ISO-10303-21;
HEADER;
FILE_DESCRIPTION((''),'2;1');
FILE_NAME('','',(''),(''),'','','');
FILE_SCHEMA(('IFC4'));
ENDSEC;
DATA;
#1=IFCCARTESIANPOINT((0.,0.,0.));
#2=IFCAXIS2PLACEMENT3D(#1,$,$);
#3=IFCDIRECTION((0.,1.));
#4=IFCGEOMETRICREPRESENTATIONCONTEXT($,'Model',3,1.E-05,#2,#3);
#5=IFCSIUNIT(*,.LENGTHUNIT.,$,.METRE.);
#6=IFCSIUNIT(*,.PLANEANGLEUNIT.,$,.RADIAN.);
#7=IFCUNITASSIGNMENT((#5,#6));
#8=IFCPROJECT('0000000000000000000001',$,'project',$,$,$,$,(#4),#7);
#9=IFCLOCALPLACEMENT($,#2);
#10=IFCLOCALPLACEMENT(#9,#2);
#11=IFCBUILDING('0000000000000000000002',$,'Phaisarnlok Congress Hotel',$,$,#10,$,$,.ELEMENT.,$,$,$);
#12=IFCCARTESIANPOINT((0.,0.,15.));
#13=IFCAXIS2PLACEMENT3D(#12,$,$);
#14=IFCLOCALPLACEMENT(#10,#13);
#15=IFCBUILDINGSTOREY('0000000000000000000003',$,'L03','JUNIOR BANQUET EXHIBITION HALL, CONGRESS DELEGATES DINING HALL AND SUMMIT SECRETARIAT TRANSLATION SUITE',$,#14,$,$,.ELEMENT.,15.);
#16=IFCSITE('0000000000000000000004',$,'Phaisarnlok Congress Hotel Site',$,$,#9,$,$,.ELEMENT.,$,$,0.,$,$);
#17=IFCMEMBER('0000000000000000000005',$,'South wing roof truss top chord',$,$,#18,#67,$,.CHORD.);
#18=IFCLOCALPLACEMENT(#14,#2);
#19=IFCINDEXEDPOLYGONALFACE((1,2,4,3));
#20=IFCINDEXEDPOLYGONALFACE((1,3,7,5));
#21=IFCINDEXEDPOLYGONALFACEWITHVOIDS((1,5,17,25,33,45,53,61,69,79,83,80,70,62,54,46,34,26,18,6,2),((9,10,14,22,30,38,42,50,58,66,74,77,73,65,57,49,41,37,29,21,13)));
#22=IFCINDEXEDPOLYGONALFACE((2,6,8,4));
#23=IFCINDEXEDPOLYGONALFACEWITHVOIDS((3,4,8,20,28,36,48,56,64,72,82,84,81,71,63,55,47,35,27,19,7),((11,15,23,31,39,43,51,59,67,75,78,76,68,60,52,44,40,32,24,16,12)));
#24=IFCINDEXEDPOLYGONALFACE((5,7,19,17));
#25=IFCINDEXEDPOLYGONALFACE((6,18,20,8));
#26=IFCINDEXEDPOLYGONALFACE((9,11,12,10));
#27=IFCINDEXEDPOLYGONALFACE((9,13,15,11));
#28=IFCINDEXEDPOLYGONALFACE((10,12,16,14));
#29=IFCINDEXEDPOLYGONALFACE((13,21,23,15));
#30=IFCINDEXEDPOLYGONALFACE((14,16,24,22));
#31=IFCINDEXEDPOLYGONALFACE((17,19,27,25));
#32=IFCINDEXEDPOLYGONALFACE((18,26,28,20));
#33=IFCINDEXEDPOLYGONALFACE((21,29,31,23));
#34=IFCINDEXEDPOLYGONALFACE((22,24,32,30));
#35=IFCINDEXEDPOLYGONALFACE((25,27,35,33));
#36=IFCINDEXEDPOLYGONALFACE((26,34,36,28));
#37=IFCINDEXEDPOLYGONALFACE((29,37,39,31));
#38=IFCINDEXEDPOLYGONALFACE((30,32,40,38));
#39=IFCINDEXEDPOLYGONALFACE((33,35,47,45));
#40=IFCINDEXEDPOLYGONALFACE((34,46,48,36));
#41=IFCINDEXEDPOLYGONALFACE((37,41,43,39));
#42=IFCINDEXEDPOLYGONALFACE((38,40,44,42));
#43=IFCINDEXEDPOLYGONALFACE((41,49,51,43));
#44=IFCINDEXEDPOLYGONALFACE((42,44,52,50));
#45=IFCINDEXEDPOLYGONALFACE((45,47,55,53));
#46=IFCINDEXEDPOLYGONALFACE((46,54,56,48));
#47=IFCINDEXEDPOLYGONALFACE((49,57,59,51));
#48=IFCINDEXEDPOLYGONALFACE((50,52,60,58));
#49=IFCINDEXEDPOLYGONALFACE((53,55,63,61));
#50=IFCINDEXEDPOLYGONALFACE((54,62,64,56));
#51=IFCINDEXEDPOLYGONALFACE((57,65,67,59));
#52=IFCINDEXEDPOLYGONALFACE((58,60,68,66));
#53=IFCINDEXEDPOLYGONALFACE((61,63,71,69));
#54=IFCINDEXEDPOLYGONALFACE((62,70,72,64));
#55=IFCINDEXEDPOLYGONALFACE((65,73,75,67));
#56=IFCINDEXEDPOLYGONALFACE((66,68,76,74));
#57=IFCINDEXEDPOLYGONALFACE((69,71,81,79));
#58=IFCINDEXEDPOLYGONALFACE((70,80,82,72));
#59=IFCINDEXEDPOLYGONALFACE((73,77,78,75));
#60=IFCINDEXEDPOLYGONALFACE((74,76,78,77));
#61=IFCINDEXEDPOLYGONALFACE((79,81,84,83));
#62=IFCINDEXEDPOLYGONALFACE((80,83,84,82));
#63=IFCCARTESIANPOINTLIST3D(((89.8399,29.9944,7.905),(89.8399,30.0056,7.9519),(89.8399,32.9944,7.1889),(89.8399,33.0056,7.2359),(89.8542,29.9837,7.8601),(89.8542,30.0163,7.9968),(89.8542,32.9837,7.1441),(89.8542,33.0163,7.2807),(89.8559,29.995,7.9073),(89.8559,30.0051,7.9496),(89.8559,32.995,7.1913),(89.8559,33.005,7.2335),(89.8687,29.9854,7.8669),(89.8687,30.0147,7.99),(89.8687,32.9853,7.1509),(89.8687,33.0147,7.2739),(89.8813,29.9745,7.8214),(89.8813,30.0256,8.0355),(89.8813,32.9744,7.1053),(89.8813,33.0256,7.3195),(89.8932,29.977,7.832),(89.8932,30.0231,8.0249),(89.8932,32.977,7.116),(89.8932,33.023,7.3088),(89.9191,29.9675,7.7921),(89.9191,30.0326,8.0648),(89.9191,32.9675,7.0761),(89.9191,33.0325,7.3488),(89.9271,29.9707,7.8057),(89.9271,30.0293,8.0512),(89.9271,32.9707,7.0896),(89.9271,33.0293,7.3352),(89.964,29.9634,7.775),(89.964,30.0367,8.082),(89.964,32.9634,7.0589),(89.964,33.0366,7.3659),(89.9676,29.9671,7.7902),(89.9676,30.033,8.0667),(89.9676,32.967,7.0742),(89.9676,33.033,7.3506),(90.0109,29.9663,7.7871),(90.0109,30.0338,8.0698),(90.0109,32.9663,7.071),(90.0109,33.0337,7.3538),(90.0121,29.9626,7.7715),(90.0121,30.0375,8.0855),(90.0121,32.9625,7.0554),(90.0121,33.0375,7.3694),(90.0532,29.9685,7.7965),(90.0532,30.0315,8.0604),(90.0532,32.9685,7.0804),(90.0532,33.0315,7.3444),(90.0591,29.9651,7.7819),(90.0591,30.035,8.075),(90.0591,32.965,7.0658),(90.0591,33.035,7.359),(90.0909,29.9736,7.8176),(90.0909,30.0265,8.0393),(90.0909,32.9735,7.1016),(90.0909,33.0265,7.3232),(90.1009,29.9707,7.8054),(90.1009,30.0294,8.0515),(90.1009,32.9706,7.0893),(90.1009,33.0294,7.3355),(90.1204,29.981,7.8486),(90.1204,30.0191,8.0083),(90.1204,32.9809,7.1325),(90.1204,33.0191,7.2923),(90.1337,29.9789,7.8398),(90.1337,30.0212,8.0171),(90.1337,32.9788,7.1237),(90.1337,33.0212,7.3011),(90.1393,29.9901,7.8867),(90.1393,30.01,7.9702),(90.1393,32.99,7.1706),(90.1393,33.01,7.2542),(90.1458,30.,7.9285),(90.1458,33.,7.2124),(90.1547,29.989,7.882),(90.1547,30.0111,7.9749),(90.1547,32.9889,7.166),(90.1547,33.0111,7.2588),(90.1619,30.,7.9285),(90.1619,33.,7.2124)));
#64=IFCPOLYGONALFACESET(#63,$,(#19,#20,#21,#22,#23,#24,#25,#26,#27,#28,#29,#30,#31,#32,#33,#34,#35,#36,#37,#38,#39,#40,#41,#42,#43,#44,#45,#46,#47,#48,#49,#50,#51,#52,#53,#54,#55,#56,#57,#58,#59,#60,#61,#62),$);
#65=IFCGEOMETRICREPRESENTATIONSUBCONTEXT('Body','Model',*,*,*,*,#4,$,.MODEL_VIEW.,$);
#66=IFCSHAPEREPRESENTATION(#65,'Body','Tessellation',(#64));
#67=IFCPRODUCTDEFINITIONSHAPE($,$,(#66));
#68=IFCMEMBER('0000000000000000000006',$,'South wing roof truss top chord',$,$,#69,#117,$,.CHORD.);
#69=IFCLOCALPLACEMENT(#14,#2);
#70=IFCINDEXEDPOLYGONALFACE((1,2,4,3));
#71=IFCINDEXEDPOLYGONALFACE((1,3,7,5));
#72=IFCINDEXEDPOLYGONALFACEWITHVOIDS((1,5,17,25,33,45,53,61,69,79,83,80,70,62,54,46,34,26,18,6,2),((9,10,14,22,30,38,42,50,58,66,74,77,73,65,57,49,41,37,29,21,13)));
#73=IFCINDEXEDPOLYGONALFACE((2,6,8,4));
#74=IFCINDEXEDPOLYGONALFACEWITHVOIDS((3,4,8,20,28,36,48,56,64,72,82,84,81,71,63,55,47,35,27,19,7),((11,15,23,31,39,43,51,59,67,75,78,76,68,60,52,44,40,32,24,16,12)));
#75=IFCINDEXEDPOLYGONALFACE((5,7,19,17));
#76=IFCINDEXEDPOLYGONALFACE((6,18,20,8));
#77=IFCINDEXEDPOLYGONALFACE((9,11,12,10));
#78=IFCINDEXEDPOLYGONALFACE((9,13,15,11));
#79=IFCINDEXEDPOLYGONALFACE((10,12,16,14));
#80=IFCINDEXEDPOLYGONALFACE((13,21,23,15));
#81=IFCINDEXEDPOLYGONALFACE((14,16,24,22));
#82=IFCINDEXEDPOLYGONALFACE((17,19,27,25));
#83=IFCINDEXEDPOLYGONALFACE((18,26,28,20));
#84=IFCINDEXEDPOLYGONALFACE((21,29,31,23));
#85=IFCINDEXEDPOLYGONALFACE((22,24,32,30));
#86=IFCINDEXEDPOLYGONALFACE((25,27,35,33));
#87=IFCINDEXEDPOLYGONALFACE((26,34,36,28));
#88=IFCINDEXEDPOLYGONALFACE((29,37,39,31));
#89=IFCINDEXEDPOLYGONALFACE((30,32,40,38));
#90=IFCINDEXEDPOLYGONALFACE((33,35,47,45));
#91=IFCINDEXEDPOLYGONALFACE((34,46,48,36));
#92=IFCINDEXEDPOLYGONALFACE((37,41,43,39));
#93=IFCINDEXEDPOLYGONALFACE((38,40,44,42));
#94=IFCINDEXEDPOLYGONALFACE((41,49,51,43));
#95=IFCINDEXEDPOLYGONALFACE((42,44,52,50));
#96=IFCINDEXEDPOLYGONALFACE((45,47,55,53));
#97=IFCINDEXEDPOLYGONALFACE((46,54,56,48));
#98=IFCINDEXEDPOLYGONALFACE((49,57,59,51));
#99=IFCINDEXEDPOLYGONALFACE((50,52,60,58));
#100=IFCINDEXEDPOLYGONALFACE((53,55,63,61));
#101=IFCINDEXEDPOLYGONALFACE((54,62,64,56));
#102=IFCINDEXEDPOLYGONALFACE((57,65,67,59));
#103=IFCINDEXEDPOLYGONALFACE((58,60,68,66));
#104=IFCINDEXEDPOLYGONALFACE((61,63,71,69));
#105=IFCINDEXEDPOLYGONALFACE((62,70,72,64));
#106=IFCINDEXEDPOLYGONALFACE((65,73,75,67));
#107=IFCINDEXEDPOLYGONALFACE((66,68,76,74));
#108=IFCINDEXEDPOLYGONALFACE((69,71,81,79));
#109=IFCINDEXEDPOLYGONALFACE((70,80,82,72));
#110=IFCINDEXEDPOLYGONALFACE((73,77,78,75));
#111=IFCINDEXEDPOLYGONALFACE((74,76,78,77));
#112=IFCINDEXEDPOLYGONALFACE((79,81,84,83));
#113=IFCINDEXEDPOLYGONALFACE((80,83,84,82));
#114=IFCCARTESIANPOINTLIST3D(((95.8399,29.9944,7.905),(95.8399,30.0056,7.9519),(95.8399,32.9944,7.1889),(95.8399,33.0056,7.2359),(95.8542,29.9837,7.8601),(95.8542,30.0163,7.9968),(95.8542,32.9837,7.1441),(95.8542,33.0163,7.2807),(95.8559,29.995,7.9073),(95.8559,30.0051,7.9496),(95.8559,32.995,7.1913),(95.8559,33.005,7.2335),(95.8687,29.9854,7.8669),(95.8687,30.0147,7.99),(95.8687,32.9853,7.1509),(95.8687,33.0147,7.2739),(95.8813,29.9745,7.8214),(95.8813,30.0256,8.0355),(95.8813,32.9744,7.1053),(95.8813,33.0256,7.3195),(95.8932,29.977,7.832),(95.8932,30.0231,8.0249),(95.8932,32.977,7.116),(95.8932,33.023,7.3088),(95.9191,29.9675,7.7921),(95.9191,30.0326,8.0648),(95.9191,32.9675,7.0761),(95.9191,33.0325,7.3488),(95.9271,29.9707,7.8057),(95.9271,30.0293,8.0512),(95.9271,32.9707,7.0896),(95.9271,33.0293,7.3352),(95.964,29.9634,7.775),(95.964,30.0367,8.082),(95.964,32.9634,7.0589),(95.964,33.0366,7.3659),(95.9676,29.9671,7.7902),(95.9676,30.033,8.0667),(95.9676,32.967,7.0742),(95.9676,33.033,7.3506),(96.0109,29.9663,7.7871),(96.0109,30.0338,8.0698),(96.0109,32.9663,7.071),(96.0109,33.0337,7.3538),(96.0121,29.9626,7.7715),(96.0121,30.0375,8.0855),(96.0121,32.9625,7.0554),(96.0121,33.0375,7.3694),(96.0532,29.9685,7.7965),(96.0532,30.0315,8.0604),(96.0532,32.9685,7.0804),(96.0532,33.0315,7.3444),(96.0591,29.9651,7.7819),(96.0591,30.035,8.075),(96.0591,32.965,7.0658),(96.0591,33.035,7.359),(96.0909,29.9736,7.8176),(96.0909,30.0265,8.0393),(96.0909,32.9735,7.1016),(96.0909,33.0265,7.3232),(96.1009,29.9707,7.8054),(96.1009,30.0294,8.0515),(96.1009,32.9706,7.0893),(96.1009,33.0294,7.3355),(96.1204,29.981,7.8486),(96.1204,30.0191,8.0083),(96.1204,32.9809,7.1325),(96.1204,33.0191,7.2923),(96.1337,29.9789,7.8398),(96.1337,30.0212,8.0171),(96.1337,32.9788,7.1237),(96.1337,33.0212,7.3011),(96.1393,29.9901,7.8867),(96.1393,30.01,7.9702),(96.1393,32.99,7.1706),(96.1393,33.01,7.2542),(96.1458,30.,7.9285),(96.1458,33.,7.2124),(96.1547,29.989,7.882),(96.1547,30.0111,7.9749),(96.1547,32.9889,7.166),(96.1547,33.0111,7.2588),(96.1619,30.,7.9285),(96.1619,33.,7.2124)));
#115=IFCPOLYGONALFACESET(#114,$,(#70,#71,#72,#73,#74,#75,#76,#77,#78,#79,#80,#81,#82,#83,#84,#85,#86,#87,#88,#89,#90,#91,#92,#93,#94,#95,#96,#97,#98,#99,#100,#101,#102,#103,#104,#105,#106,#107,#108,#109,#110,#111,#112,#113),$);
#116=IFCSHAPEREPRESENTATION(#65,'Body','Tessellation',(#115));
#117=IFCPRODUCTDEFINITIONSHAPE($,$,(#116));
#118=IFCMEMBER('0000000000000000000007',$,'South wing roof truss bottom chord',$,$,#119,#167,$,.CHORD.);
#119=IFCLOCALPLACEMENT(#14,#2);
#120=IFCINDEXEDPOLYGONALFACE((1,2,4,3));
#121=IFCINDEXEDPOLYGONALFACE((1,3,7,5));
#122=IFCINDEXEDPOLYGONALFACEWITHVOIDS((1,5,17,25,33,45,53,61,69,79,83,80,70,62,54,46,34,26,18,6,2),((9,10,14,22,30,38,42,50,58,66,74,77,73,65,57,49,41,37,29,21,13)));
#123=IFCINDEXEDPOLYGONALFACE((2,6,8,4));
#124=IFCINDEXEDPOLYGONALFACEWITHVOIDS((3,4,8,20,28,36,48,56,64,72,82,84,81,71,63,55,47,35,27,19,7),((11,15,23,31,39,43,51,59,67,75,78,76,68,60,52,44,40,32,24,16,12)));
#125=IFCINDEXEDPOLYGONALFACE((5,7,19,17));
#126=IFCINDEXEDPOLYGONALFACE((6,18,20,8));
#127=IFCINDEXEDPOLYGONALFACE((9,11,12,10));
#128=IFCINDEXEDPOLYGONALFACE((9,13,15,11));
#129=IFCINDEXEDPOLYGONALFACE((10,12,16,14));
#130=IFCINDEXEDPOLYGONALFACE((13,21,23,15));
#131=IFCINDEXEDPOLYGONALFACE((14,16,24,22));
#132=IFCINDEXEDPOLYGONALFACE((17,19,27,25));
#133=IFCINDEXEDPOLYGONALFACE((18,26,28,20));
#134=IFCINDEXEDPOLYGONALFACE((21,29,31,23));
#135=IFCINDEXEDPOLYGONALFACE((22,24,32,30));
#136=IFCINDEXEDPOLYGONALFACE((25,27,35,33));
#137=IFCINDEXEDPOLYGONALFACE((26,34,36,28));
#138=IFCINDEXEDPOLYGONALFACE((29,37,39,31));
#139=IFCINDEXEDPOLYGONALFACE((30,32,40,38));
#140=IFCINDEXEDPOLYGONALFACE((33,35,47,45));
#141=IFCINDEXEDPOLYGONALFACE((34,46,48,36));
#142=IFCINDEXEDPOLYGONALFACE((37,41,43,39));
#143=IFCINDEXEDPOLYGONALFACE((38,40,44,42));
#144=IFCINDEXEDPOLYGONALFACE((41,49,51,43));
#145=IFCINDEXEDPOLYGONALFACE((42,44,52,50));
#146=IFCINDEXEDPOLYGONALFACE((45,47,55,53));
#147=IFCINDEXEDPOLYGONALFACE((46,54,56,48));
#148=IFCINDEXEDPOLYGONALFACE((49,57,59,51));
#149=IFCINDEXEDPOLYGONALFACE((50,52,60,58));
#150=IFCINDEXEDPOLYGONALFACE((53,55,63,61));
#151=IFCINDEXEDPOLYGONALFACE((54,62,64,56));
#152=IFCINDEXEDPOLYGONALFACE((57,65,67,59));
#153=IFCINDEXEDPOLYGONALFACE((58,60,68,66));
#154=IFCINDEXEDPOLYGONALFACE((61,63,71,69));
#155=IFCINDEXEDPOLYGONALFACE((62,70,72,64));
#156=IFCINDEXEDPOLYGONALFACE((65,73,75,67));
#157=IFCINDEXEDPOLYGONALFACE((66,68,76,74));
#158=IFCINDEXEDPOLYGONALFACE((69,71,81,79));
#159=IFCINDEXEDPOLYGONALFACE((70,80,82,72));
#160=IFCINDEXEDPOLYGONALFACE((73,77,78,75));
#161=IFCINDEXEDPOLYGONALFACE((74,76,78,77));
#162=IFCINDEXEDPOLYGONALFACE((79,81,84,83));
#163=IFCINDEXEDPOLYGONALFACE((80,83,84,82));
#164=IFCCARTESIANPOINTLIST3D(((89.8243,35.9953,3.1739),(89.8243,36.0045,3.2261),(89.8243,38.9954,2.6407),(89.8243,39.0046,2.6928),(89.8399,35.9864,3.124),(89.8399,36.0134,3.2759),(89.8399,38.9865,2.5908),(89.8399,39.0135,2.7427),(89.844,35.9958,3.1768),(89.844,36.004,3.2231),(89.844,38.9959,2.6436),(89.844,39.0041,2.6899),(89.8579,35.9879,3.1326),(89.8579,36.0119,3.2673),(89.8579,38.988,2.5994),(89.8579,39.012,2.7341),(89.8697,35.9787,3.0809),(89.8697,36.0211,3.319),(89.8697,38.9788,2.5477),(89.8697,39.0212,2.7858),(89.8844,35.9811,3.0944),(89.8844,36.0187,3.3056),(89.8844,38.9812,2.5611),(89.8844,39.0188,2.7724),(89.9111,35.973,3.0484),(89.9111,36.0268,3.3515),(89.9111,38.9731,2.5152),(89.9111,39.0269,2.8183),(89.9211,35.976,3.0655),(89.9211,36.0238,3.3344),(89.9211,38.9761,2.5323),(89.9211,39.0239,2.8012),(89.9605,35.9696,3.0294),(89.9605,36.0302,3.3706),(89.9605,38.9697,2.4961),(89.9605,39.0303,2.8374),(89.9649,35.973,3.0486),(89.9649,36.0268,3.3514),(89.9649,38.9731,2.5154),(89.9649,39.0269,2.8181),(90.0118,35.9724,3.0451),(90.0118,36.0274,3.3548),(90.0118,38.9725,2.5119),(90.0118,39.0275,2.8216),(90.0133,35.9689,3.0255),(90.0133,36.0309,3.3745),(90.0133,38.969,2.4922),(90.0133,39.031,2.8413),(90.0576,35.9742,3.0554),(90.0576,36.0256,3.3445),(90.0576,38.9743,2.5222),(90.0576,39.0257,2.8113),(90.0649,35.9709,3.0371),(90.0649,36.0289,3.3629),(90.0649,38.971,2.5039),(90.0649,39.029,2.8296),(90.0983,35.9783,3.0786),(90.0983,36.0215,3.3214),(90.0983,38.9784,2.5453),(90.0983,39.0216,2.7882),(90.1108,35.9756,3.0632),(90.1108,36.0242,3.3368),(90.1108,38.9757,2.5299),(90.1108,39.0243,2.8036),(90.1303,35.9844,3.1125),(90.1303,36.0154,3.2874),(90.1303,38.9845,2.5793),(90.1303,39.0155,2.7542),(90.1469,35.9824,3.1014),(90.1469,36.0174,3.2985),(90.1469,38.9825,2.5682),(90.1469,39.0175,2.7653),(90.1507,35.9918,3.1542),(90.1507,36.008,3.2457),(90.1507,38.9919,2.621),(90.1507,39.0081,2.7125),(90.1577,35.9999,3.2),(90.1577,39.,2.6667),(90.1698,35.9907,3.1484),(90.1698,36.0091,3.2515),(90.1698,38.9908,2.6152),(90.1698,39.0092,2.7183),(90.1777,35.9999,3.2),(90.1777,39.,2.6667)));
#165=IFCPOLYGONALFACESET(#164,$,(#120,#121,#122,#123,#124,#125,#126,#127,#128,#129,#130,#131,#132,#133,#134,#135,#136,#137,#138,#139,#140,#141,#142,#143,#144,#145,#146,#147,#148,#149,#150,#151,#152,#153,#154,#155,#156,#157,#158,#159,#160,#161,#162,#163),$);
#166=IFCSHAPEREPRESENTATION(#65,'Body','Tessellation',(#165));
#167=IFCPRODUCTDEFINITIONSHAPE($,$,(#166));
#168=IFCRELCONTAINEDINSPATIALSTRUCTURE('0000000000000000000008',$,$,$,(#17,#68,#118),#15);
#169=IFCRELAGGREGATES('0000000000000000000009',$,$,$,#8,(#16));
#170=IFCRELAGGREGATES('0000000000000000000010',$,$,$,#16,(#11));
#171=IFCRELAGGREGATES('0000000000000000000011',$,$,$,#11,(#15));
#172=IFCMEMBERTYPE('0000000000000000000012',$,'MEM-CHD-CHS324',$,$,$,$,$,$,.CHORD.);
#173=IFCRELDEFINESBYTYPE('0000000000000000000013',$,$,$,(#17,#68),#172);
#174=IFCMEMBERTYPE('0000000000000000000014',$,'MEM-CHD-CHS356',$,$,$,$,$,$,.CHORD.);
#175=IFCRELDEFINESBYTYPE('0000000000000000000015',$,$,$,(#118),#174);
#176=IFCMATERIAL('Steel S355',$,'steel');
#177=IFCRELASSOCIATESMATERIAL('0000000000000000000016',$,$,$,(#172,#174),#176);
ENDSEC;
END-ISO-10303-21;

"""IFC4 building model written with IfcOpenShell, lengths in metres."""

from ifc_helpers import new_model, si_unit, direction, frame, origin, origin_2d, place, context, subcontext, project, spatial, hollow_circle, extrude, material, material_profile, profile_set, type_object, element, save


model = new_model("IFC4")

# Units and contexts
model_context = context("Model", 3, precision=1e-05, world=origin(), true_north=direction((0.0, 1.0)))
body_context = subcontext(model_context, "Body", "Model", "MODEL_VIEW")
ifc_project = project(units=[si_unit("LENGTHUNIT", "METRE"), si_unit("PLANEANGLEUNIT", "RADIAN")], contexts=[model_context])

# Site, building, storey
site_placement = place(None, origin())
site = spatial("IfcSite", under=ifc_project, at=site_placement, Name="Phaisarnlok Congress Hotel Site", CompositionType="ELEMENT", RefElevation=0.0)
building_placement = place(site_placement, origin())
building = spatial("IfcBuilding", under=site, at=building_placement, Name="Phaisarnlok Congress Hotel", CompositionType="ELEMENT")
storey_placement = place(building_placement, frame((0.0, 0.0, 15.0)))
storey = spatial("IfcBuildingStorey", under=building, at=storey_placement, Name="L03", Description="JUNIOR BANQUET EXHIBITION HALL, CONGRESS DELEGATES DINING HALL AND SUMMIT SECRETARIAT TRANSLATION SUITE", CompositionType="ELEMENT", Elevation=15.0)

# Shared definitions
ifc_material_1 = material(Name="Steel S355", Category="steel")

# Members
ifc_material_profile_1 = material_profile(ifc_material_1, hollow_circle(Radius=0.1619, WallThickness=0.0161, at=origin_2d()), Name="CHS 323.9x16")
ifc_profile_set_1 = profile_set([ifc_material_profile_1], Name="Steel S355")
member_type_1 = type_object("IfcMemberType", Name="MEM-CHD-CHS324", PredefinedType="CHORD", material=ifc_profile_set_1)
for number, where, z_axis, x_axis, name in (
    (1, (90.0, 33.0, 7.2124), (0.0, -0.972676, 0.232166), (1.0, 0.0, 0.0), "South wing roof truss top chord"),
    (2, (96.0, 33.0, 7.2124), (0.0, -0.972676, 0.232166), (1.0, 0.0, 0.0), "South wing roof truss top chord"),
):
    element("IfcMember", number, at=place(storey_placement, frame(where, z_axis=z_axis, x_axis=x_axis)), inside=storey, type_object=member_type_1, Name=name, PredefinedType="CHORD", context=body_context, shape_type="SweptSolid", body=[
        extrude(hollow_circle(Radius=0.1619, WallThickness=0.0161, at=origin_2d()), origin(), (0.0, 0.0, 1.0), 3.0842),
    ])
ifc_material_profile_2 = material_profile(ifc_material_1, hollow_circle(Radius=0.1777, WallThickness=0.02, at=origin_2d()), Name="CHS 355.6x20")
ifc_profile_set_2 = profile_set([ifc_material_profile_2], Name="Steel S355")
member_type_2 = type_object("IfcMemberType", Name="MEM-CHD-CHS356", PredefinedType="CHORD", material=ifc_profile_set_2)
for number, where, z_axis, x_axis, name in (
    (3, (90.0, 39.0, 2.6667), (0.0, -0.98457, 0.174992), (1.0, 0.0, 0.0), "South wing roof truss bottom chord"),
):
    element("IfcMember", number, at=place(storey_placement, frame(where, z_axis=z_axis, x_axis=x_axis)), inside=storey, type_object=member_type_2, Name=name, PredefinedType="CHORD", context=body_context, shape_type="SweptSolid", body=[
        extrude(hollow_circle(Radius=0.1777, WallThickness=0.02, at=origin_2d()), origin(), (0.0, 0.0, 1.0), 3.0471),
    ])

save(model, "model.ifc")
